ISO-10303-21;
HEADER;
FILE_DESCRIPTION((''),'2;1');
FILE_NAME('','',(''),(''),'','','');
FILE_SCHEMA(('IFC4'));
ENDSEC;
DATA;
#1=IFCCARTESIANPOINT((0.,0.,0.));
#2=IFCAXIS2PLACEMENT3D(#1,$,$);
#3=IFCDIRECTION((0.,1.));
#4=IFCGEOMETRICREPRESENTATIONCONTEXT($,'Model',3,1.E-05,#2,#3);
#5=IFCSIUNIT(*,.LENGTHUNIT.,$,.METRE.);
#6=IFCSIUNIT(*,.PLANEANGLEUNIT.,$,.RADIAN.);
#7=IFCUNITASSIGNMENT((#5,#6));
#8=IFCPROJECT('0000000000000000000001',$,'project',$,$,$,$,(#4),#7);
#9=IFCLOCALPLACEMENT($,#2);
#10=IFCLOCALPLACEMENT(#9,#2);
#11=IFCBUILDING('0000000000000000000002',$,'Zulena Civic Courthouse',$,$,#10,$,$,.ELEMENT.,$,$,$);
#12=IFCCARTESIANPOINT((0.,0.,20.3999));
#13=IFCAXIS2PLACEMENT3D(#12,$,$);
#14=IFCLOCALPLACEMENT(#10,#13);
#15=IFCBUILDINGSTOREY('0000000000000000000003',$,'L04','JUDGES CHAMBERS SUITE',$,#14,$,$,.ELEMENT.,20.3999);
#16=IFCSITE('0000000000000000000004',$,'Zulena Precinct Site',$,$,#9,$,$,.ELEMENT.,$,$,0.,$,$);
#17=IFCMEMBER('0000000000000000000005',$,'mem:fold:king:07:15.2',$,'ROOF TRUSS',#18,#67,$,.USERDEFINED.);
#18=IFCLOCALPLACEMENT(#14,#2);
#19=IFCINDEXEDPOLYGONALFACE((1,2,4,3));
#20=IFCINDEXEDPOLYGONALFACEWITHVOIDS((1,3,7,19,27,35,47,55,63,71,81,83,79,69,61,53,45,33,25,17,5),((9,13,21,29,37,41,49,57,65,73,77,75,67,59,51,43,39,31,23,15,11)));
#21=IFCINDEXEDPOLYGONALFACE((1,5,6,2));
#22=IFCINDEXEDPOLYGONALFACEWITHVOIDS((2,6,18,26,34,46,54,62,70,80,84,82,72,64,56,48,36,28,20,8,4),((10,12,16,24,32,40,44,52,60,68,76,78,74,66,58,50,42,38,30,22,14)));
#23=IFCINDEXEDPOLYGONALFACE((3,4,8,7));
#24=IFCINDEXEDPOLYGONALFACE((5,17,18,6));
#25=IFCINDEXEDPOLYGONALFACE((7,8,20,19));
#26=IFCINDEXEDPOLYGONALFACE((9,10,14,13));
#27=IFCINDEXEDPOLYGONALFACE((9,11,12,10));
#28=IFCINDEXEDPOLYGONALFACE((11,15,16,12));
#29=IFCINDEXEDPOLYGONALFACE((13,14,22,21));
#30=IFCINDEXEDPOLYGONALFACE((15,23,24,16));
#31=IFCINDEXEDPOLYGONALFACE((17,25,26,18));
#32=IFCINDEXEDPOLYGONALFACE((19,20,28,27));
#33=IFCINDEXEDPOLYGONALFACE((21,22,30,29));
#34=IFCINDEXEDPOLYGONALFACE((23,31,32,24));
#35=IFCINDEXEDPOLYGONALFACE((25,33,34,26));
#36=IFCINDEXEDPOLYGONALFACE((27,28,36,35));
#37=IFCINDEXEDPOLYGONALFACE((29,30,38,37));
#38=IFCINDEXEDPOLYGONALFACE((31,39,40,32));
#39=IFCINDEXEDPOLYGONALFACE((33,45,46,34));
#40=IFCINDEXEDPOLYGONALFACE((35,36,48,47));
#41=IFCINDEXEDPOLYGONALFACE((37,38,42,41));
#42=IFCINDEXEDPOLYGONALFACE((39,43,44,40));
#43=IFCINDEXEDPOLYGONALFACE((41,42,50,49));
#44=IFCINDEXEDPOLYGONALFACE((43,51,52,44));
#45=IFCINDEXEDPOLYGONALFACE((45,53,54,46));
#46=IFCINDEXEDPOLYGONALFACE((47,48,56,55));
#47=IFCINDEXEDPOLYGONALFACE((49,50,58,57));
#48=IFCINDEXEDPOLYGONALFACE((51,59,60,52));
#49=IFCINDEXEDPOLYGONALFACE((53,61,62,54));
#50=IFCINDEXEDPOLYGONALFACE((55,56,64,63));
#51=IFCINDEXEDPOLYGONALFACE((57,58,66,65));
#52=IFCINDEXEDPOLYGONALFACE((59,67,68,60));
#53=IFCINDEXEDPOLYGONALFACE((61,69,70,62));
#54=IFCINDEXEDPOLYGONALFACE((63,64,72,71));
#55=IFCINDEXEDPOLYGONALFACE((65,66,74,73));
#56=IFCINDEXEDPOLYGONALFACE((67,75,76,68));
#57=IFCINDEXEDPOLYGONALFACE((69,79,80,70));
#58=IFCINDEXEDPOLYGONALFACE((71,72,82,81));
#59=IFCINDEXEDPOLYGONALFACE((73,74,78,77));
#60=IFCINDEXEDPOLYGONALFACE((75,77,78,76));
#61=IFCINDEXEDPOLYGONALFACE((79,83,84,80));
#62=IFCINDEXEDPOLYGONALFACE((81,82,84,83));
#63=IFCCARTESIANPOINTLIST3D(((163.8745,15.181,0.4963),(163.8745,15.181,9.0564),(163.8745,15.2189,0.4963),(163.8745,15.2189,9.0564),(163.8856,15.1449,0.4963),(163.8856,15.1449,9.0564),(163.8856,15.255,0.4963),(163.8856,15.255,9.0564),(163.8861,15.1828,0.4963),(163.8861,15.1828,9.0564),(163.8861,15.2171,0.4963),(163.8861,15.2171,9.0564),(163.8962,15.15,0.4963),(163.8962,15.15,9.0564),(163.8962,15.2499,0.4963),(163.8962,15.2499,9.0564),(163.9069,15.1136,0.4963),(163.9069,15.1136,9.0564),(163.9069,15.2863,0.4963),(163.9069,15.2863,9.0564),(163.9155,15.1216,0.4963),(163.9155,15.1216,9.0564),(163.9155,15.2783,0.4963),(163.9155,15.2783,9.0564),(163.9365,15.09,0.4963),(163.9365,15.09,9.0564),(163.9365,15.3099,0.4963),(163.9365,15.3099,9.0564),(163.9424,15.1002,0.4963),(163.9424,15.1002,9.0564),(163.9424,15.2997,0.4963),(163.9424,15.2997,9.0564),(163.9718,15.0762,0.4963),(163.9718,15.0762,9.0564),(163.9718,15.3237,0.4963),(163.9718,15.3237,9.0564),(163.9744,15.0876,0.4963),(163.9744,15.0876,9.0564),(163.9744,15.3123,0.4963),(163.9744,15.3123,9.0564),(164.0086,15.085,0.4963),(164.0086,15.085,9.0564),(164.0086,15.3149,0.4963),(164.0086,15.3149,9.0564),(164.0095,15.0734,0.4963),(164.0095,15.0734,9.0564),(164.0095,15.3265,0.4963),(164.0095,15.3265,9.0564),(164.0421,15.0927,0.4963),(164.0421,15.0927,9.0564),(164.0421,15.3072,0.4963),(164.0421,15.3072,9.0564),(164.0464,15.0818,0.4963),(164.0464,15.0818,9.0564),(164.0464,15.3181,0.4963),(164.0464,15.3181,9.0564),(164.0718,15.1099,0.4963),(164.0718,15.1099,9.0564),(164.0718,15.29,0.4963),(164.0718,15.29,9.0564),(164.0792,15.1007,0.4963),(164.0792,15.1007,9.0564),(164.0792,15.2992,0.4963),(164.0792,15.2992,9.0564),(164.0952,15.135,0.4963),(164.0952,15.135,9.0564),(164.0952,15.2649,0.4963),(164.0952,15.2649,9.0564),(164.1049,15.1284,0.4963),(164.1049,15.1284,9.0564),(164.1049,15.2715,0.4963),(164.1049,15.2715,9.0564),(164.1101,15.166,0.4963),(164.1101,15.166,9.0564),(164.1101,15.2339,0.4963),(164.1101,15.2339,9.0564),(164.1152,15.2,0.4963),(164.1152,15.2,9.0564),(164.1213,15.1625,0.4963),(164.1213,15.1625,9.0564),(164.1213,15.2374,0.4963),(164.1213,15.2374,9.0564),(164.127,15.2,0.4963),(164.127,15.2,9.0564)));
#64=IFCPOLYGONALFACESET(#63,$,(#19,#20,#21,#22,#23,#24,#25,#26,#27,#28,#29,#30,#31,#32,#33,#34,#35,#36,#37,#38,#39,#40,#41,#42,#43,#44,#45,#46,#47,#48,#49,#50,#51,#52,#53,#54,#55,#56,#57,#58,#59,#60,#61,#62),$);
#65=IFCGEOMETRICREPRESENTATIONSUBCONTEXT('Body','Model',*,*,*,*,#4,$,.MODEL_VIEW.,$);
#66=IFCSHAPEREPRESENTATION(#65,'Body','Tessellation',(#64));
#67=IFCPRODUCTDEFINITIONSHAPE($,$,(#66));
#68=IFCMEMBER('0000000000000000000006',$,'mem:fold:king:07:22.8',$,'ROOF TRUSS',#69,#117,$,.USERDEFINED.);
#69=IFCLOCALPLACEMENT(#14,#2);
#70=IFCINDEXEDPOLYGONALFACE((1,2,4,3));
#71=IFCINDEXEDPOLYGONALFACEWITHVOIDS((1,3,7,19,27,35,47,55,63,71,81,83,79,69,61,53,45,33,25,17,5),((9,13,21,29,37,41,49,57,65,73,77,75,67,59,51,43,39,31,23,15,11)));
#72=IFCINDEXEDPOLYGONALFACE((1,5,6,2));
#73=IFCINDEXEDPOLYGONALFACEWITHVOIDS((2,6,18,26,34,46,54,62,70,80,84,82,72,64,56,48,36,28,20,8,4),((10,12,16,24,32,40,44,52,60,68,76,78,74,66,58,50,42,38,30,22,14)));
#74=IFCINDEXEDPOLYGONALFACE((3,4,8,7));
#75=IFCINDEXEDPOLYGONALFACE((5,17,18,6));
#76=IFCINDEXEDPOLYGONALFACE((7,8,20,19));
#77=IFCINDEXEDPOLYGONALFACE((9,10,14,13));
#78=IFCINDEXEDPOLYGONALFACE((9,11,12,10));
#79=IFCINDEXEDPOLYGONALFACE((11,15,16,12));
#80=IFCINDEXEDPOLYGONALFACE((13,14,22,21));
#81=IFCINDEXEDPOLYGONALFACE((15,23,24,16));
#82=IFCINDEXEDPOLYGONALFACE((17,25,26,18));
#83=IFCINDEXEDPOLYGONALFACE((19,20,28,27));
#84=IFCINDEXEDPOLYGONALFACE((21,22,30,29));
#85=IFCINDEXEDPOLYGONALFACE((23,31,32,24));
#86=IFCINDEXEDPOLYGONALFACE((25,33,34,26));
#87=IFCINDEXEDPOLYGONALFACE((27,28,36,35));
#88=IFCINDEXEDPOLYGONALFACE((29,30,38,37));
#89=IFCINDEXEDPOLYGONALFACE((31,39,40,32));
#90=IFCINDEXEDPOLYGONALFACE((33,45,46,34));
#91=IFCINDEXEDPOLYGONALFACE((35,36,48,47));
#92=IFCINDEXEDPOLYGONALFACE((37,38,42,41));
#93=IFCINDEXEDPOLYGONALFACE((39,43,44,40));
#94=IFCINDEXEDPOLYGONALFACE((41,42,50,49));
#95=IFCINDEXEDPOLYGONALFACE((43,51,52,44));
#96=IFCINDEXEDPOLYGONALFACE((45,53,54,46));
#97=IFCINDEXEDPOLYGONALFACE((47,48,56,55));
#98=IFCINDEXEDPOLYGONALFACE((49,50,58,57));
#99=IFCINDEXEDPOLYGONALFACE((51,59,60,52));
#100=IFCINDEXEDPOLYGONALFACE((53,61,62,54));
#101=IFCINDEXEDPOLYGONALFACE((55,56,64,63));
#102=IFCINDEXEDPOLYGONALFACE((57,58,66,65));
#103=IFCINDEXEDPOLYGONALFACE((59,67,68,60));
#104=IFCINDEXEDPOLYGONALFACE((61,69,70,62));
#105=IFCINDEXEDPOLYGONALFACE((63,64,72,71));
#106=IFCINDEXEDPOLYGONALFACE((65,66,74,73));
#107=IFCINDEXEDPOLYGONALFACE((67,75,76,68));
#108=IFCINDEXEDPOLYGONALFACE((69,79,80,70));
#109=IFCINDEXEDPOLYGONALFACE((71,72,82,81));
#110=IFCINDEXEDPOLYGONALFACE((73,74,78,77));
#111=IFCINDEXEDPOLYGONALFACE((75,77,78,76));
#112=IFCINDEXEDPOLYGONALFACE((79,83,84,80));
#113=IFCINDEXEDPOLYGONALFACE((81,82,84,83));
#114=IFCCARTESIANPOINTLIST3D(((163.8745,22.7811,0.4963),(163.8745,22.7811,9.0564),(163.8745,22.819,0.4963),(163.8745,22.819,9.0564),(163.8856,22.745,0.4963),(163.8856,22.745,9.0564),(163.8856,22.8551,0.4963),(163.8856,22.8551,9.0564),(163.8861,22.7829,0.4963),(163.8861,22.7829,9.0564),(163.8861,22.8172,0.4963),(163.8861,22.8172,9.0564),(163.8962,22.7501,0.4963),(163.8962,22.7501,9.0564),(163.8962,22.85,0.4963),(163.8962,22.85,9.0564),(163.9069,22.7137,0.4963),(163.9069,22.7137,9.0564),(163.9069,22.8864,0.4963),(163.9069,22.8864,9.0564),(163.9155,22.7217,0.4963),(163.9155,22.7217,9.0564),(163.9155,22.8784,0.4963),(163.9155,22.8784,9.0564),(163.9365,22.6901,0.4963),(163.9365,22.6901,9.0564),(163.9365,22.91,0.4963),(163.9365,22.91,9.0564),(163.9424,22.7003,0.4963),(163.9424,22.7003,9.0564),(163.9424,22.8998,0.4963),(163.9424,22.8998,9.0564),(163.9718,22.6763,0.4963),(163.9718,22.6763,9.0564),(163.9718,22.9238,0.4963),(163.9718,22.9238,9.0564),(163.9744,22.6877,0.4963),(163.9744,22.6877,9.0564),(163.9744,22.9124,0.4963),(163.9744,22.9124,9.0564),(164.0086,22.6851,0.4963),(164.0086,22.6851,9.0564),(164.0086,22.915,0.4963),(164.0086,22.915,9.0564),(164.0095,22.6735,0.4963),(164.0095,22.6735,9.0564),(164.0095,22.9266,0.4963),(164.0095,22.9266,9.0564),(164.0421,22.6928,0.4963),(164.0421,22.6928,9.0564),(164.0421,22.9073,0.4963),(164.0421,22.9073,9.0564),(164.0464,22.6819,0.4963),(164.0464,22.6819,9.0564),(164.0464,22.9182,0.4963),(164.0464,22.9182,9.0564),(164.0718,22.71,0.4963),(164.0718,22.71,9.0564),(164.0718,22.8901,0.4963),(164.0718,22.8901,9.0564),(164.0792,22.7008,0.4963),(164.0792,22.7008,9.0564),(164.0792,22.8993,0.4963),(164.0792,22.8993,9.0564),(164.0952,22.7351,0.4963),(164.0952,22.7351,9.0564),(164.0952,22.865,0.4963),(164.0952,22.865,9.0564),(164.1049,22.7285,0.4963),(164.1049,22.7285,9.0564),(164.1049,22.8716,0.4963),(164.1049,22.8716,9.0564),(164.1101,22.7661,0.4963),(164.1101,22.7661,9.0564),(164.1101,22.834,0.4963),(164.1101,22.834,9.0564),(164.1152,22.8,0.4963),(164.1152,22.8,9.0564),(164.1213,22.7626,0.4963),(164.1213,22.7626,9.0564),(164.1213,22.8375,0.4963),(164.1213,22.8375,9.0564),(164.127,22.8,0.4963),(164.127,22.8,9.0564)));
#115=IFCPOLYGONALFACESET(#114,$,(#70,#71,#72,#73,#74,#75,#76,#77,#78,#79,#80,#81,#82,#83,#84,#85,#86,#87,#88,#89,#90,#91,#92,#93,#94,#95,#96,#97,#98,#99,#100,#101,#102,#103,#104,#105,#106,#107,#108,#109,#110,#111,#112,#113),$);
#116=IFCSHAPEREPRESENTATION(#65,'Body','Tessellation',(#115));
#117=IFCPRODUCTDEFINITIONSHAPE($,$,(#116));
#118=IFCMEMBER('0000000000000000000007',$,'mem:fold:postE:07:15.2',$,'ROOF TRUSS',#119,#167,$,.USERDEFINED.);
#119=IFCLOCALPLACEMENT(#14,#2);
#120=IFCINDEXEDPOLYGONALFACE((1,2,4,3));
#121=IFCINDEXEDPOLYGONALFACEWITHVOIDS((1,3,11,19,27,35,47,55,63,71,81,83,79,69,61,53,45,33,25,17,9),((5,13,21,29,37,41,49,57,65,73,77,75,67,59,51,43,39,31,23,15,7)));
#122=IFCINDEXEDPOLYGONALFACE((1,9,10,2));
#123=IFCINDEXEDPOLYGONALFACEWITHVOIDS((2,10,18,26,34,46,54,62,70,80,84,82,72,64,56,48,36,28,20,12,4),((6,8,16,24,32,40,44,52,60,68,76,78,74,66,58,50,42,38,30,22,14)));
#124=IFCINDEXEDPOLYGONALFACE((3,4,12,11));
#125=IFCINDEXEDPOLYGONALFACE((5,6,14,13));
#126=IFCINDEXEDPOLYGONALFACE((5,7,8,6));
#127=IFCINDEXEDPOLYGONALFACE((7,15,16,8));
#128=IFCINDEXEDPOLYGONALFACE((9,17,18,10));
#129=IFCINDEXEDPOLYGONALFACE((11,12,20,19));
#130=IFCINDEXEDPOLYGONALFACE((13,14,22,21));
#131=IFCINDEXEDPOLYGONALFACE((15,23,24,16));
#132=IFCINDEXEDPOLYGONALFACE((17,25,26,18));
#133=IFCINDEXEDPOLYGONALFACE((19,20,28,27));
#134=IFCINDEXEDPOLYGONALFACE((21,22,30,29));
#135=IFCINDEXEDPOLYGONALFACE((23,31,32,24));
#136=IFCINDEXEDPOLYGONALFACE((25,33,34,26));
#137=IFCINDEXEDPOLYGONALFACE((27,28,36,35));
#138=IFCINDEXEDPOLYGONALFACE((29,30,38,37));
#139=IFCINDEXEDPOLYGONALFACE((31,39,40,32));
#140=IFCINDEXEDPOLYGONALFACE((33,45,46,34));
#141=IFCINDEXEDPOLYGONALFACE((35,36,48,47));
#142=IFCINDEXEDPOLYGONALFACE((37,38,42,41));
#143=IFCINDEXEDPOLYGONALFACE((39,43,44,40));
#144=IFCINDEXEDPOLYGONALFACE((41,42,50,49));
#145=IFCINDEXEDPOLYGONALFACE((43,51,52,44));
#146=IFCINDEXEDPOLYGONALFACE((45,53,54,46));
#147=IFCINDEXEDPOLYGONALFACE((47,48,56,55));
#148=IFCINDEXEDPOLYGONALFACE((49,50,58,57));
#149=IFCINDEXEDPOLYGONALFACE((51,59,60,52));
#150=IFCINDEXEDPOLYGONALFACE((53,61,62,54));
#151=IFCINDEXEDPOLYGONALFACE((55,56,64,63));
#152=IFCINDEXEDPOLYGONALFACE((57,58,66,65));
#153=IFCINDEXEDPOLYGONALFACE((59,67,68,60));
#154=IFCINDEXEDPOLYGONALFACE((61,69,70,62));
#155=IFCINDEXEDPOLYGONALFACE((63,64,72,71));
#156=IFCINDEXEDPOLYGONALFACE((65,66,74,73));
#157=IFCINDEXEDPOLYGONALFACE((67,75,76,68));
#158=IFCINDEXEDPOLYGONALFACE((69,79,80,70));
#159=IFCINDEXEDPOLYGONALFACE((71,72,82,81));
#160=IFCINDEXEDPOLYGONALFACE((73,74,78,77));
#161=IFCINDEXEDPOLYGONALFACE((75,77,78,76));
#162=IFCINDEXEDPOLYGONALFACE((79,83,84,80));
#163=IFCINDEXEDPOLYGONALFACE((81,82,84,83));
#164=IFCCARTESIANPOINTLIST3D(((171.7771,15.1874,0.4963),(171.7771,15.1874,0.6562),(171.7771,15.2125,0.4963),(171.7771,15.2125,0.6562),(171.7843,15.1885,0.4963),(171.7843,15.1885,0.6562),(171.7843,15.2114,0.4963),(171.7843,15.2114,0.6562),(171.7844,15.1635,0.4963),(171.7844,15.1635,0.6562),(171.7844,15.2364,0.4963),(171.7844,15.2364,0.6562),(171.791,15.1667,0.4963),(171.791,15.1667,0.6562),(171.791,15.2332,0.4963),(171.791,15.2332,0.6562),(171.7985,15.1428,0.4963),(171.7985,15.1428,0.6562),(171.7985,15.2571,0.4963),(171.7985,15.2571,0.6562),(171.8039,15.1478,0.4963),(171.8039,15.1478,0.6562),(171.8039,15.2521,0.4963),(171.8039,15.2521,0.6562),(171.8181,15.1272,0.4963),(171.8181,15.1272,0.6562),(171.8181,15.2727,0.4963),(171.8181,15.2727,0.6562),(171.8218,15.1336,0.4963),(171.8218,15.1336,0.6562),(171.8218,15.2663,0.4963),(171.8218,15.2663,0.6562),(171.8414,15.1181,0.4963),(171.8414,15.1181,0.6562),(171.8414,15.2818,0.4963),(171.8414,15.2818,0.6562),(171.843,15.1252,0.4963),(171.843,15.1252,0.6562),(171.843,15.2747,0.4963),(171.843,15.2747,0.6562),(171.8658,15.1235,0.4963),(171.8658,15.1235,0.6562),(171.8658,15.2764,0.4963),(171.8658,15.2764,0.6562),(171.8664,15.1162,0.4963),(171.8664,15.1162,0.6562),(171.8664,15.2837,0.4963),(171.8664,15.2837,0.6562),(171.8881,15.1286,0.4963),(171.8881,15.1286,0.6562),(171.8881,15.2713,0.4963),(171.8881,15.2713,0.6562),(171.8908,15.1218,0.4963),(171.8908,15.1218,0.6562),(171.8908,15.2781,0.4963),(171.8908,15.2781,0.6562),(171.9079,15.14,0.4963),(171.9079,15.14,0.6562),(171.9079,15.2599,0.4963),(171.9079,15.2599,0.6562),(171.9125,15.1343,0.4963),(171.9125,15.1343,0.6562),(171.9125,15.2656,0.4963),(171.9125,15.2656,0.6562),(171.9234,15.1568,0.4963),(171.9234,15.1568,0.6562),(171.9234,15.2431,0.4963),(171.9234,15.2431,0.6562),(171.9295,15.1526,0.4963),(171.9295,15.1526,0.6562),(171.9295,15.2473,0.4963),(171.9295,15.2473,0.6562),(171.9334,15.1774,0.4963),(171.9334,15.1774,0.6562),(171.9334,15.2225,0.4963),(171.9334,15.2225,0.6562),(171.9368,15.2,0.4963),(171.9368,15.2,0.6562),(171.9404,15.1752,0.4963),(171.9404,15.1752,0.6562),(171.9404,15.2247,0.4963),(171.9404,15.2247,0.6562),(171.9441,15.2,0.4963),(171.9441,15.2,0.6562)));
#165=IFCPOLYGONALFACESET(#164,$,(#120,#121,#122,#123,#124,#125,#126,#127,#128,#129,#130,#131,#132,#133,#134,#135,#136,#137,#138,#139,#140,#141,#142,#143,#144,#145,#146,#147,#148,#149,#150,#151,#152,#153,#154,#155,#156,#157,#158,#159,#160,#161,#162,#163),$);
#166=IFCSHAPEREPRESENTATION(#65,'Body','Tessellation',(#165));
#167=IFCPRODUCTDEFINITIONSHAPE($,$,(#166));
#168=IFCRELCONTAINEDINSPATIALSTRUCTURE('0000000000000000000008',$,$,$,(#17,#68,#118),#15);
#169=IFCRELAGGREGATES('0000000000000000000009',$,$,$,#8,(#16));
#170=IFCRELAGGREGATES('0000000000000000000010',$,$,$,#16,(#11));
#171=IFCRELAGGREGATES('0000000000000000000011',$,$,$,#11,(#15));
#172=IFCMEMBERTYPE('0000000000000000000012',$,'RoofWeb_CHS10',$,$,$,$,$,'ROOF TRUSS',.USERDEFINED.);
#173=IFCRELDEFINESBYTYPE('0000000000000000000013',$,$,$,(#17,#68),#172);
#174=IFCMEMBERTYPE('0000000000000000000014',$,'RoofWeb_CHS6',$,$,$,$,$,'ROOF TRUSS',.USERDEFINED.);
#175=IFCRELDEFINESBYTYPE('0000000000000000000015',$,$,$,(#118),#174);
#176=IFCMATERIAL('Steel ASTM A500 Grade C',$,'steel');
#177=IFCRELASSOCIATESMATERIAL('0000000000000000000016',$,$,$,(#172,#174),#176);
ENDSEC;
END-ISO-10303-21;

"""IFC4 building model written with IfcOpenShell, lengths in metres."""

from ifc_helpers import new_model, si_unit, direction, frame, origin, origin_2d, place, context, subcontext, project, spatial, hollow_circle, extrude, material, material_profile, profile_set, type_object, element, save


model = new_model("IFC4")

# Units and contexts
model_context = context("Model", 3, precision=1e-05, world=origin(), true_north=direction((0.0, 1.0)))
body_context = subcontext(model_context, "Body", "Model", "MODEL_VIEW")
ifc_project = project(units=[si_unit("LENGTHUNIT", "METRE"), si_unit("PLANEANGLEUNIT", "RADIAN")], contexts=[model_context])

# Site, building, storey
site_placement = place(None, origin())
site = spatial("IfcSite", under=ifc_project, at=site_placement, Name="Zulena Precinct Site", CompositionType="ELEMENT", RefElevation=0.0)
building_placement = place(site_placement, origin())
building = spatial("IfcBuilding", under=site, at=building_placement, Name="Zulena Civic Courthouse", CompositionType="ELEMENT")
storey_placement = place(building_placement, frame((0.0, 0.0, 20.3999)))
storey = spatial("IfcBuildingStorey", under=building, at=storey_placement, Name="L04", Description="JUDGES CHAMBERS SUITE", CompositionType="ELEMENT", Elevation=20.3999)

# Members
ifc_material_1 = material(Name="Steel ASTM A500 Grade C", Category="steel")
ifc_material_profile_1 = material_profile(ifc_material_1, hollow_circle(Radius=0.127, WallThickness=0.0117, at=origin_2d()), Name="HSS10.000X0.500")
ifc_profile_set_1 = profile_set([ifc_material_profile_1], Name="Steel ASTM A500 Grade C")
member_type_1 = type_object("IfcMemberType", Name="RoofWeb_CHS10", ElementType="ROOF TRUSS", PredefinedType="USERDEFINED", material=ifc_profile_set_1)
for number, where, z_axis, x_axis, name in (
    (1, (164.0, 15.2, 0.4963), (0.0, 0.0, 1.0), (1.0, 0.0, 0.0), "mem:fold:king:07:15.2"),
    (2, (164.0, 22.8, 0.4963), (0.0, 0.0, 1.0), (1.0, 0.0, 0.0), "mem:fold:king:07:22.8"),
):
    element("IfcMember", number, at=place(storey_placement, frame(where, z_axis=z_axis, x_axis=x_axis)), inside=storey, type_object=member_type_1, Name=name, ObjectType="ROOF TRUSS", PredefinedType="USERDEFINED", context=body_context, shape_type="SweptSolid", body=[
        extrude(hollow_circle(Radius=0.127, WallThickness=0.0117, at=origin_2d()), origin(), (0.0, 0.0, 1.0), 8.5601),
    ])
ifc_material_profile_2 = material_profile(ifc_material_1, hollow_circle(Radius=0.084, WallThickness=0.0073, at=origin_2d()), Name="HSS6.625X0.312")
ifc_profile_set_2 = profile_set([ifc_material_profile_2], Name="Steel ASTM A500 Grade C")
member_type_2 = type_object("IfcMemberType", Name="RoofWeb_CHS6", ElementType="ROOF TRUSS", PredefinedType="USERDEFINED", material=ifc_profile_set_2)
for number, where, z_axis, x_axis, name in (
    (3, (171.8601, 15.2, 0.4963), (0.0, 0.0, 1.0), (1.0, 0.0, 0.0), "mem:fold:postE:07:15.2"),
):
    element("IfcMember", number, at=place(storey_placement, frame(where, z_axis=z_axis, x_axis=x_axis)), inside=storey, type_object=member_type_2, Name=name, ObjectType="ROOF TRUSS", PredefinedType="USERDEFINED", context=body_context, shape_type="SweptSolid", body=[
        extrude(hollow_circle(Radius=0.084, WallThickness=0.0073, at=origin_2d()), origin(), (0.0, 0.0, 1.0), 0.1599),
    ])

save(model, "model.ifc")
